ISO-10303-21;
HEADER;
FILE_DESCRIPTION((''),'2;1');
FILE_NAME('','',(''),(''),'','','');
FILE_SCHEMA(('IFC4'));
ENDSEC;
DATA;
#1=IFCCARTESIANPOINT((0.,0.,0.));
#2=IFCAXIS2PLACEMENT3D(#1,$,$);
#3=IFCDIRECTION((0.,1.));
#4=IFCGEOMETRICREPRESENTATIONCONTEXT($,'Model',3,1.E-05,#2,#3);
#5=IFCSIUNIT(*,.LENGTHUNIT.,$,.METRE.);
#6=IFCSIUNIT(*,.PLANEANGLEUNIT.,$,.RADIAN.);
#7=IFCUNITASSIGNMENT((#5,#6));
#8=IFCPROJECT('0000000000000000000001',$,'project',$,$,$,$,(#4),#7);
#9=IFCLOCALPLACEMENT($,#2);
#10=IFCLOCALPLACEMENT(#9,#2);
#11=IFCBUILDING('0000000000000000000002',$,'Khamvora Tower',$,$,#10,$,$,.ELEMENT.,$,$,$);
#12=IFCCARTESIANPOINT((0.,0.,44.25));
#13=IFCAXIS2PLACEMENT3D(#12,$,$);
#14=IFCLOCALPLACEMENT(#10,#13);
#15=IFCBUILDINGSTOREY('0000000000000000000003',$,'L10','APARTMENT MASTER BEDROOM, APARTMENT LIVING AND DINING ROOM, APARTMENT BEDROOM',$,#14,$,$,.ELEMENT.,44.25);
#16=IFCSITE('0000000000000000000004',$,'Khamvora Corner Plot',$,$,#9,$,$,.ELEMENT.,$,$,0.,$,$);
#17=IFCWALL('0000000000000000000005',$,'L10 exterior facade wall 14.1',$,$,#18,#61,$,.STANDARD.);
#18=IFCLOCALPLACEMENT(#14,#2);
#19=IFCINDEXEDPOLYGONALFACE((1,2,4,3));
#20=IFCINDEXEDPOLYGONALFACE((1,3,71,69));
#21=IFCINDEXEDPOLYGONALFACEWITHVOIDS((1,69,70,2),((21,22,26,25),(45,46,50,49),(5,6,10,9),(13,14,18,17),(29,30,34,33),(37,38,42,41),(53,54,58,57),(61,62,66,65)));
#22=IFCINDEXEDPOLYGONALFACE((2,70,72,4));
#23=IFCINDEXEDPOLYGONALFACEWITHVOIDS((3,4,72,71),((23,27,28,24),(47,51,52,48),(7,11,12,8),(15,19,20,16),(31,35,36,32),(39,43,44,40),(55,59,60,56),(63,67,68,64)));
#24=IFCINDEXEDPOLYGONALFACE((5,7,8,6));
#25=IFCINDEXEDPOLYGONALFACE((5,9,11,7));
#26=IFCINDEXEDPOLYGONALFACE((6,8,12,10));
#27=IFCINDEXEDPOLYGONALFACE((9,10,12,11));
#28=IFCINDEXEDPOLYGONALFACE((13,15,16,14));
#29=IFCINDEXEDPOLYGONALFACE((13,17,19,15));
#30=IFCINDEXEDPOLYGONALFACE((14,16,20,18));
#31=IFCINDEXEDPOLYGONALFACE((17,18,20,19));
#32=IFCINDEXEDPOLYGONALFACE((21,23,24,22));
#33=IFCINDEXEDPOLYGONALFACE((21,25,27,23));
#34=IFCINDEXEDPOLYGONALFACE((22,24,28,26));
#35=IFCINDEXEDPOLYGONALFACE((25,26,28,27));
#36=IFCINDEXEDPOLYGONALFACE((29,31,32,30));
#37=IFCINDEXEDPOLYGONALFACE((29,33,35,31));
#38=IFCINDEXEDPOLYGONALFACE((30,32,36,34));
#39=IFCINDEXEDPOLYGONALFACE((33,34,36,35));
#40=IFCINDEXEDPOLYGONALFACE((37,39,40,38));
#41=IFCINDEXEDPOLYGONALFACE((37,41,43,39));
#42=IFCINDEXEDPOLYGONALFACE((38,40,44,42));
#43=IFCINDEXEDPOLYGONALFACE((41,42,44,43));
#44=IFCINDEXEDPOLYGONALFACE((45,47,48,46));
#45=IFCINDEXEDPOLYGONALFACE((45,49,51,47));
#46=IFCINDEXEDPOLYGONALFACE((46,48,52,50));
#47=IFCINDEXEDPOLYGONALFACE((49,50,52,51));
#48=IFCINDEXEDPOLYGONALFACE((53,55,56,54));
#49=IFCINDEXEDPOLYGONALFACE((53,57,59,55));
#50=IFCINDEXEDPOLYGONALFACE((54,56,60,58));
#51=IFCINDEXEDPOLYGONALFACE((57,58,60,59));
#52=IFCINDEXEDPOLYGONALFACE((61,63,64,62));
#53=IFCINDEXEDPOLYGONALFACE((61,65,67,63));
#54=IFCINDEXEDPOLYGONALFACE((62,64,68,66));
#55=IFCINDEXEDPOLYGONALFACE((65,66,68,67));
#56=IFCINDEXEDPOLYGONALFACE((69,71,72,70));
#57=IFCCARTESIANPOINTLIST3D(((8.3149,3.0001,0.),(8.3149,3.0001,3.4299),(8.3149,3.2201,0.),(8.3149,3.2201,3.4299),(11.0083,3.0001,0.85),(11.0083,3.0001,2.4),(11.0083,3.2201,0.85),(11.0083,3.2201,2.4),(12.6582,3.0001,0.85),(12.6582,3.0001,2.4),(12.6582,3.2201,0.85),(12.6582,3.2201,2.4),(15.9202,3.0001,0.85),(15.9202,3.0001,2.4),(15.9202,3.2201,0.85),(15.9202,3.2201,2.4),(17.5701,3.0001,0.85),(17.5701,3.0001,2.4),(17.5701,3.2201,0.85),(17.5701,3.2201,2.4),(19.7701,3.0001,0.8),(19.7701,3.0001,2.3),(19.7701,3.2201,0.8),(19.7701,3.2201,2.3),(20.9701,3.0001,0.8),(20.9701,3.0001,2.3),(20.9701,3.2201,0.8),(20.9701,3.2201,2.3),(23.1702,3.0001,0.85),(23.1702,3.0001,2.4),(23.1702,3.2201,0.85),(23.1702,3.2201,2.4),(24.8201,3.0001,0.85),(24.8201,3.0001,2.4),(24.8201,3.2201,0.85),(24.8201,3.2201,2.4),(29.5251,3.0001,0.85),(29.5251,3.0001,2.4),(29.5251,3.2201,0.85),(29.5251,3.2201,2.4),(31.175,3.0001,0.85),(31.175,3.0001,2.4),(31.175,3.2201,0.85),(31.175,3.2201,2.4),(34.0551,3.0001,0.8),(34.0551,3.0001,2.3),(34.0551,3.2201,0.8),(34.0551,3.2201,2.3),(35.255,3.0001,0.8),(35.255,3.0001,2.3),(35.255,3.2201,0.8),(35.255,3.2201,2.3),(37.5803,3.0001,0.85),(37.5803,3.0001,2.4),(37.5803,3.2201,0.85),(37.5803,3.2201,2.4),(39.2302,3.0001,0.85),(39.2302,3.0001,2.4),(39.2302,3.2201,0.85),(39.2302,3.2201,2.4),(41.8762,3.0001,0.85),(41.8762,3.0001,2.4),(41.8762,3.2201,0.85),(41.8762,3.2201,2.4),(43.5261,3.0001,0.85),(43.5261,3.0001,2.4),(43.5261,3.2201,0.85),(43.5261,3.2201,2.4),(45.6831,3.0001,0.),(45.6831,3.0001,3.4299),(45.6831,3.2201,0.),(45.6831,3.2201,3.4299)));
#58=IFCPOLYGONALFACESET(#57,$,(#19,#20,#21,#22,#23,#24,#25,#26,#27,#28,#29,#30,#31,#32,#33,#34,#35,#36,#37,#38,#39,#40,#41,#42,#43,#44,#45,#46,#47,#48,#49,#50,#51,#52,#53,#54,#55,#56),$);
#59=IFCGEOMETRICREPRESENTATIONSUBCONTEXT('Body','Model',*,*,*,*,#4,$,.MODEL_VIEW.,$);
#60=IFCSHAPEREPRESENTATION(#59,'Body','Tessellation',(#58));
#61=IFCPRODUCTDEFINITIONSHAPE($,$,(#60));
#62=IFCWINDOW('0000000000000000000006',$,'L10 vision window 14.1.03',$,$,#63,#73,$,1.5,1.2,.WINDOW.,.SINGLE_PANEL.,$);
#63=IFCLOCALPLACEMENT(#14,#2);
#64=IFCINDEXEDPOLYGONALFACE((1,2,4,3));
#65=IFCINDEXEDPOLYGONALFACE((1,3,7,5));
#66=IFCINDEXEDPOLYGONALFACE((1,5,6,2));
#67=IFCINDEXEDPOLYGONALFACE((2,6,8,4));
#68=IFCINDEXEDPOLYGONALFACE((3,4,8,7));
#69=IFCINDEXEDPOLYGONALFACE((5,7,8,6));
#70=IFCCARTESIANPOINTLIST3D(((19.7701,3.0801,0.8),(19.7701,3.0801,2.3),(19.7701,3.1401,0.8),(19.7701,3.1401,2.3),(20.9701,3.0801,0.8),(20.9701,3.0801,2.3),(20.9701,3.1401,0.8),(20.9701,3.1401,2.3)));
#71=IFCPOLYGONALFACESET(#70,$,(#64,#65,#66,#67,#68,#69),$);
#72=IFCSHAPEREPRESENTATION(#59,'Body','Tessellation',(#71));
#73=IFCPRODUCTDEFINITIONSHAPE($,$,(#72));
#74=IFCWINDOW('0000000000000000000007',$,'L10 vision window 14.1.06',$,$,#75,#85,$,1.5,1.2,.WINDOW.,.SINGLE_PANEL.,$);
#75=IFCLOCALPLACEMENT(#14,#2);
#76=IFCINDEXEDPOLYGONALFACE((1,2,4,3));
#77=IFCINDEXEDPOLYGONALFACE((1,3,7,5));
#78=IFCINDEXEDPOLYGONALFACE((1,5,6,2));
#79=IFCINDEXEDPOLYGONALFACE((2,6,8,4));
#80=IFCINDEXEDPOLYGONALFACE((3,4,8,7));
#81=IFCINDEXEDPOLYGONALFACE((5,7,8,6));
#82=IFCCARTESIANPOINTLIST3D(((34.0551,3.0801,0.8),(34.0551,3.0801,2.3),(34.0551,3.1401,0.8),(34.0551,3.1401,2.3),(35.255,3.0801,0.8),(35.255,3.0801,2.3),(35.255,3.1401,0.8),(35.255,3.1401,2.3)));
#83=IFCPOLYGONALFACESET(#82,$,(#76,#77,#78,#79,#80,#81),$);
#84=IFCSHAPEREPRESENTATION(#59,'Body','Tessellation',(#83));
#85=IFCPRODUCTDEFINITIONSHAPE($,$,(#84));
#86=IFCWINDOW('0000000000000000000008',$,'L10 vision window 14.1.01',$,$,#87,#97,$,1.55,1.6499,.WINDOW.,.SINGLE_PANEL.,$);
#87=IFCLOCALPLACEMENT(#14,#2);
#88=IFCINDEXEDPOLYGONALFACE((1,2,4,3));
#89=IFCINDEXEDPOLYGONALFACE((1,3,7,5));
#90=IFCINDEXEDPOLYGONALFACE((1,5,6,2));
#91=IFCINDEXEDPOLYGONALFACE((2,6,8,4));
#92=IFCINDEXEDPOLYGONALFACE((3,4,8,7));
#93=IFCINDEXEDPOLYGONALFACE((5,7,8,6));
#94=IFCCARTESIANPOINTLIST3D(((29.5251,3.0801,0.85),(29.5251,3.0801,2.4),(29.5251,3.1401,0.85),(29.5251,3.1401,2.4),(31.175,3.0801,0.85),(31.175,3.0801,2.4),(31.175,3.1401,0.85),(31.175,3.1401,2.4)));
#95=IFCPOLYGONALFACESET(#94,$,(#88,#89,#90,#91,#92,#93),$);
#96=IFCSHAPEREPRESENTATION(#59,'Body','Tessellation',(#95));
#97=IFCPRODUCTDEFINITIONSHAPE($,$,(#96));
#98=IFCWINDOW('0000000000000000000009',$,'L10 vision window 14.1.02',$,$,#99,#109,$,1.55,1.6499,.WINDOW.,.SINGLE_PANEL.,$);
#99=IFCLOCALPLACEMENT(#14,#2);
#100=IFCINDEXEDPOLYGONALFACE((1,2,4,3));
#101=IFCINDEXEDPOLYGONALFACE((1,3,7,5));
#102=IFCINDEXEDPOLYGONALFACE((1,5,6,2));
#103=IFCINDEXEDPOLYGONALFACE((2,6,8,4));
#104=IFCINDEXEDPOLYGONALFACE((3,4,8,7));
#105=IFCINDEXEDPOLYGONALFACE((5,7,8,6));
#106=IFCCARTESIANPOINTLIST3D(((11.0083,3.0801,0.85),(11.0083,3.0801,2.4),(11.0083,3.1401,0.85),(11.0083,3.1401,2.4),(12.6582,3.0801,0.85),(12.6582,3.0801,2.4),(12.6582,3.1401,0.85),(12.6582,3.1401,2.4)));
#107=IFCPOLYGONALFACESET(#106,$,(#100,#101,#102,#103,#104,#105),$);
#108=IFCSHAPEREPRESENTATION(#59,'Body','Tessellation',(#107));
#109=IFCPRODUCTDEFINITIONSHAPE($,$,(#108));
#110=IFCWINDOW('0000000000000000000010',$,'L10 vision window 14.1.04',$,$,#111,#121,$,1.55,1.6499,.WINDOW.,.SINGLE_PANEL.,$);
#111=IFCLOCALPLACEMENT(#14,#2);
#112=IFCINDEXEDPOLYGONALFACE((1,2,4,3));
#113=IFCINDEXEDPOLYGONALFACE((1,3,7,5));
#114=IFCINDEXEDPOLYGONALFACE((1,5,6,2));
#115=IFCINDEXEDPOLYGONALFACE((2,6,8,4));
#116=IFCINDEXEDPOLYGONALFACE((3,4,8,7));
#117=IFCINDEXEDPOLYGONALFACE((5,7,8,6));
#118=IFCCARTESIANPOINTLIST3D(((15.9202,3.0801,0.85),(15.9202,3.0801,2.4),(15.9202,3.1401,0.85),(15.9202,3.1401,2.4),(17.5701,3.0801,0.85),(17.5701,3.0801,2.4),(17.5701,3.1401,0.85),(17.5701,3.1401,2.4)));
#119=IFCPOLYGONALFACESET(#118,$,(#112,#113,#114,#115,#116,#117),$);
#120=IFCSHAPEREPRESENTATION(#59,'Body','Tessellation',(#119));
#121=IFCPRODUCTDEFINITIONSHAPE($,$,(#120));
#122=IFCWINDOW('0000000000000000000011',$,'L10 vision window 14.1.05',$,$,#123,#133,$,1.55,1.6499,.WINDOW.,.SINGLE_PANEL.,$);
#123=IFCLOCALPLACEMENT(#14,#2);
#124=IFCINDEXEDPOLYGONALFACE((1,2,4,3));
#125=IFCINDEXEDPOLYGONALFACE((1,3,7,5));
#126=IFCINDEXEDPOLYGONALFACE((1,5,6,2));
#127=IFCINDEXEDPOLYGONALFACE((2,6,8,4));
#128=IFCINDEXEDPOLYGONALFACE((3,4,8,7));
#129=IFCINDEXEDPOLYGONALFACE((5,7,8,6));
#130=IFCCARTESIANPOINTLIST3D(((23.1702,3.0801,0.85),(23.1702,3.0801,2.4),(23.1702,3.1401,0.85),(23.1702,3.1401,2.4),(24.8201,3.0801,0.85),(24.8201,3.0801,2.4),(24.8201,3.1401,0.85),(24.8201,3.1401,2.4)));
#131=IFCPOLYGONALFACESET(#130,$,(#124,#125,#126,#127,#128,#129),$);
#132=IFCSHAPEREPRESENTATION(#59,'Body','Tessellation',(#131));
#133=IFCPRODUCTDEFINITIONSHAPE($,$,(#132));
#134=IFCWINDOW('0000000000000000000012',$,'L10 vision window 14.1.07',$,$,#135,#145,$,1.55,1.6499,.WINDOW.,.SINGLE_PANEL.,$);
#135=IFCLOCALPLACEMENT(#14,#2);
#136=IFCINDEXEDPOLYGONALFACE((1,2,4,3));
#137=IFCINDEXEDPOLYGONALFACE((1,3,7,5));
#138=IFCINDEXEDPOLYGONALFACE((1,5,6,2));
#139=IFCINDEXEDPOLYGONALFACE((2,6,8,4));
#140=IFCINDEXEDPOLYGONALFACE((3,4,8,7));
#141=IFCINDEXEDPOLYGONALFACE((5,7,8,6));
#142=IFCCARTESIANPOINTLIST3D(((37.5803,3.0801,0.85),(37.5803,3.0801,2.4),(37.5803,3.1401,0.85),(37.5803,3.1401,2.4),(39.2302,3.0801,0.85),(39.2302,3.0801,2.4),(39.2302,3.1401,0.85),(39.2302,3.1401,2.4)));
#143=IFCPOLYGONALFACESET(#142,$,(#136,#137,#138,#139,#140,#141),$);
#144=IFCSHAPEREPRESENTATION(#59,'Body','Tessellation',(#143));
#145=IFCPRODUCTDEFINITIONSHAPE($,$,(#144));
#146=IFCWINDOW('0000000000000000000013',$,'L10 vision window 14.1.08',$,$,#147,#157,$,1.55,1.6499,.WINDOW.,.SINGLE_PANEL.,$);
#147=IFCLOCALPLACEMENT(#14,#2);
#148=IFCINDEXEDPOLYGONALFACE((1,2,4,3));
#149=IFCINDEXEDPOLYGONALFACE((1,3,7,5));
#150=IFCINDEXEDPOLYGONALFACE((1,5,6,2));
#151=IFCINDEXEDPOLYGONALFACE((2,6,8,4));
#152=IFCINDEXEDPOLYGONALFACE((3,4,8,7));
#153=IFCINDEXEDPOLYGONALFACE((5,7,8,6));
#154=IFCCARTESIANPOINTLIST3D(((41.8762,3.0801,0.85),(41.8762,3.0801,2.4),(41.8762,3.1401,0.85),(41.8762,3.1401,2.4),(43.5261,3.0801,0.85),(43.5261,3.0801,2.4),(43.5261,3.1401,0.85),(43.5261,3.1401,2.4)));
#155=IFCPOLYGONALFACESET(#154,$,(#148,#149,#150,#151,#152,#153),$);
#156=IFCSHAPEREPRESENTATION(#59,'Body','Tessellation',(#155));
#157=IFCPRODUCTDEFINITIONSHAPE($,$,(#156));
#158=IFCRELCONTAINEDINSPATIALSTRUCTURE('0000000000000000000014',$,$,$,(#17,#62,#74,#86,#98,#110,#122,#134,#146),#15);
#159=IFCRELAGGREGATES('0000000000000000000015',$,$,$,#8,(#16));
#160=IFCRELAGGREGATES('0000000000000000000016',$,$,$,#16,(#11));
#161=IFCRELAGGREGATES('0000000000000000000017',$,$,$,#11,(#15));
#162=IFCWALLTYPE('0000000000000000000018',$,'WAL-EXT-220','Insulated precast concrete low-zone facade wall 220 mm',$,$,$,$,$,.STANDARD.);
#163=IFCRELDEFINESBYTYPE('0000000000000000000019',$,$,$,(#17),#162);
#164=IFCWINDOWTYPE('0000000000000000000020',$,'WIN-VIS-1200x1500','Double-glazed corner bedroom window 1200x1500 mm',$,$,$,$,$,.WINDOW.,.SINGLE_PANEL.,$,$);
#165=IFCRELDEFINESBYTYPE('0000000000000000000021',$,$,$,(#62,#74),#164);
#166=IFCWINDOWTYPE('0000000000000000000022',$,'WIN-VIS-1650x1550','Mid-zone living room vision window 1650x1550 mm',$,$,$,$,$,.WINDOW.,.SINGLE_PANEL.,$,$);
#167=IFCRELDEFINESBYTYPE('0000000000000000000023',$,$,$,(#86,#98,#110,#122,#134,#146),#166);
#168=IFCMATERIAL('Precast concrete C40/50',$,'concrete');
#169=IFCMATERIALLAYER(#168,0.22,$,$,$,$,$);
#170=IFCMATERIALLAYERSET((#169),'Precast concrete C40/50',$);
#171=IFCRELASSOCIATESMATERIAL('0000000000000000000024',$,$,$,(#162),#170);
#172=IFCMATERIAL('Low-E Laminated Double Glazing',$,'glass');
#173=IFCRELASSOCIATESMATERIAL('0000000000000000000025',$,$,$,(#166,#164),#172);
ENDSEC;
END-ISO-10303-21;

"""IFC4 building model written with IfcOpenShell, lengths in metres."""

from ifc_helpers import new_model, si_unit, direction, frame, frame_2d, origin, place, context, subcontext, project, spatial, rectangle, extrude, material, layer, layer_set, type_object, element, fill, save


model = new_model("IFC4")

# Units and contexts
model_context = context("Model", 3, precision=1e-05, world=origin(), true_north=direction((0.0, 1.0)))
body_context = subcontext(model_context, "Body", "Model", "MODEL_VIEW")
ifc_project = project(units=[si_unit("LENGTHUNIT", "METRE"), si_unit("PLANEANGLEUNIT", "RADIAN")], contexts=[model_context])

# Site, building, storey
site_placement = place(None, origin())
site = spatial("IfcSite", under=ifc_project, at=site_placement, Name="Khamvora Corner Plot", CompositionType="ELEMENT", RefElevation=0.0)
building_placement = place(site_placement, origin())
building = spatial("IfcBuilding", under=site, at=building_placement, Name="Khamvora Tower", CompositionType="ELEMENT")
storey_placement = place(building_placement, frame((0.0, 0.0, 44.25)))
storey = spatial("IfcBuildingStorey", under=building, at=storey_placement, Name="L10", Description="APARTMENT MASTER BEDROOM, APARTMENT LIVING AND DINING ROOM, APARTMENT BEDROOM", CompositionType="ELEMENT", Elevation=44.25)

# Shared definitions
ifc_material_1 = material(Name="Precast concrete C40/50", Category="concrete")
ifc_layer_1 = layer(ifc_material_1, 0.22)
ifc_layer_set_1 = layer_set([ifc_layer_1], Name="Precast concrete C40/50")
wall_type_1 = type_object("IfcWallType", Name="WAL-EXT-220", Description="Insulated precast concrete low-zone facade wall 220 mm", PredefinedType="STANDARD", material=ifc_layer_set_1)
ifc_material_2 = material(Name="Low-E Laminated Double Glazing", Category="glass")
window_type_1 = type_object("IfcWindowType", Name="WIN-VIS-1650x1550", Description="Mid-zone living room vision window 1650x1550 mm", PartitioningType="SINGLE_PANEL", PredefinedType="WINDOW", material=ifc_material_2)

# Wall, openings, windows
wall_1_placement = place(storey_placement, frame((45.6831, 3.1101, 0.0), z_axis=(0.0, 0.0, 1.0), x_axis=(-1.0, 0.0, 0.0)))
wall_1 = element("IfcWall", 1, at=wall_1_placement, inside=storey, type_object=wall_type_1, Name="L10 exterior facade wall 14.1", PredefinedType="STANDARD", context=body_context, shape_type="SweptSolid", body=[
    extrude(rectangle(XDim=37.3682, YDim=0.22, at=frame_2d((18.6841, 0.0))), origin(), (0.0, 0.0, 1.0), 3.4299),
])
opening_1_placement = place(wall_1_placement, frame((14.5081, 0.0, 0.8501)))
opening_1 = element("IfcOpeningElement", 2, at=opening_1_placement, cuts=wall_1, PredefinedType="OPENING", context=body_context, shape_type="SweptSolid", body=[
    extrude(rectangle(XDim=1.6499, YDim=1.55, at=frame_2d((0.825, 0.7749))), frame((0.0, 0.1199, 0.0), z_axis=(0.0, -1.0, 0.0), x_axis=(1.0, 0.0, 0.0)), (0.0, 0.0, 1.0), 0.24),
])
opening_2_placement = place(wall_1_placement, frame((33.0249, 0.0, 0.8501)))
opening_2 = element("IfcOpeningElement", 3, at=opening_2_placement, cuts=wall_1, PredefinedType="OPENING", context=body_context, shape_type="SweptSolid", body=[
    extrude(rectangle(XDim=1.6499, YDim=1.55, at=frame_2d((0.825, 0.7749))), frame((0.0, 0.1199, 0.0), z_axis=(0.0, -1.0, 0.0), x_axis=(1.0, 0.0, 0.0)), (0.0, 0.0, 1.0), 0.24),
])
opening_3_placement = place(wall_1_placement, frame((24.7129, 0.0, 0.8)))
opening_3 = element("IfcOpeningElement", 4, at=opening_3_placement, cuts=wall_1, PredefinedType="OPENING", context=body_context, shape_type="SweptSolid", body=[
    extrude(rectangle(XDim=1.2, YDim=1.5, at=frame_2d((0.6001, 0.75))), frame((0.0, 0.1199, 0.0), z_axis=(0.0, -1.0, 0.0), x_axis=(1.0, 0.0, 0.0)), (0.0, 0.0, 1.0), 0.24),
])
opening_4_placement = place(wall_1_placement, frame((28.113, 0.0, 0.8501)))
opening_4 = element("IfcOpeningElement", 5, at=opening_4_placement, cuts=wall_1, PredefinedType="OPENING", context=body_context, shape_type="SweptSolid", body=[
    extrude(rectangle(XDim=1.6499, YDim=1.55, at=frame_2d((0.825, 0.7749))), frame((0.0, 0.1199, 0.0), z_axis=(0.0, -1.0, 0.0), x_axis=(1.0, 0.0, 0.0)), (0.0, 0.0, 1.0), 0.24),
])
opening_5_placement = place(wall_1_placement, frame((20.863, 0.0, 0.8501)))
opening_5 = element("IfcOpeningElement", 6, at=opening_5_placement, cuts=wall_1, PredefinedType="OPENING", context=body_context, shape_type="SweptSolid", body=[
    extrude(rectangle(XDim=1.6499, YDim=1.55, at=frame_2d((0.825, 0.7749))), frame((0.0, 0.1199, 0.0), z_axis=(0.0, -1.0, 0.0), x_axis=(1.0, 0.0, 0.0)), (0.0, 0.0, 1.0), 0.24),
])
opening_6_placement = place(wall_1_placement, frame((10.428, 0.0, 0.8)))
opening_6 = element("IfcOpeningElement", 7, at=opening_6_placement, cuts=wall_1, PredefinedType="OPENING", context=body_context, shape_type="SweptSolid", body=[
    extrude(rectangle(XDim=1.2, YDim=1.5, at=frame_2d((0.6001, 0.75))), frame((0.0, 0.1199, 0.0), z_axis=(0.0, -1.0, 0.0), x_axis=(1.0, 0.0, 0.0)), (0.0, 0.0, 1.0), 0.24),
])
opening_7_placement = place(wall_1_placement, frame((6.4529, 0.0, 0.8501)))
opening_7 = element("IfcOpeningElement", 8, at=opening_7_placement, cuts=wall_1, PredefinedType="OPENING", context=body_context, shape_type="SweptSolid", body=[
    extrude(rectangle(XDim=1.6499, YDim=1.55, at=frame_2d((0.825, 0.7749))), frame((0.0, 0.1199, 0.0), z_axis=(0.0, -1.0, 0.0), x_axis=(1.0, 0.0, 0.0)), (0.0, 0.0, 1.0), 0.24),
])
opening_8_placement = place(wall_1_placement, frame((2.157, 0.0, 0.8501)))
opening_8 = element("IfcOpeningElement", 9, at=opening_8_placement, cuts=wall_1, PredefinedType="OPENING", context=body_context, shape_type="SweptSolid", body=[
    extrude(rectangle(XDim=1.6499, YDim=1.55, at=frame_2d((0.825, 0.7749))), frame((0.0, 0.1199, 0.0), z_axis=(0.0, -1.0, 0.0), x_axis=(1.0, 0.0, 0.0)), (0.0, 0.0, 1.0), 0.24),
])
window_type_2 = type_object("IfcWindowType", Name="WIN-VIS-1200x1500", Description="Double-glazed corner bedroom window 1200x1500 mm", PartitioningType="SINGLE_PANEL", PredefinedType="WINDOW", material=ifc_material_2)
window_1_placement = place(opening_3_placement, origin())
window_1 = element("IfcWindow", 10, at=window_1_placement, inside=storey, type_object=window_type_2, Name="L10 vision window 14.1.03", OverallHeight=1.5, OverallWidth=1.2, PartitioningType="SINGLE_PANEL", PredefinedType="WINDOW", context=body_context, shape_type="SweptSolid", body=[
    extrude(rectangle(XDim=1.2, YDim=1.5, at=frame_2d((0.6001, 0.75))), frame((0.0, 0.03, 0.0), z_axis=(0.0, -1.0, 0.0), x_axis=(1.0, 0.0, 0.0)), (0.0, 0.0, 1.0), 0.0601),
])
fill(opening_3, window_1)
window_2_placement = place(opening_6_placement, origin())
window_2 = element("IfcWindow", 11, at=window_2_placement, inside=storey, type_object=window_type_2, Name="L10 vision window 14.1.06", OverallHeight=1.5, OverallWidth=1.2, PartitioningType="SINGLE_PANEL", PredefinedType="WINDOW", context=body_context, shape_type="SweptSolid", body=[
    extrude(rectangle(XDim=1.2, YDim=1.5, at=frame_2d((0.6001, 0.75))), frame((0.0, 0.03, 0.0), z_axis=(0.0, -1.0, 0.0), x_axis=(1.0, 0.0, 0.0)), (0.0, 0.0, 1.0), 0.0601),
])
fill(opening_6, window_2)
window_3_placement = place(opening_1_placement, origin())
window_3 = element("IfcWindow", 12, at=window_3_placement, inside=storey, type_object=window_type_1, Name="L10 vision window 14.1.01", OverallHeight=1.55, OverallWidth=1.6499, PartitioningType="SINGLE_PANEL", PredefinedType="WINDOW", context=body_context, shape_type="SweptSolid", body=[
    extrude(rectangle(XDim=1.6499, YDim=1.55, at=frame_2d((0.825, 0.7749))), frame((0.0, 0.03, 0.0), z_axis=(0.0, -1.0, 0.0), x_axis=(1.0, 0.0, 0.0)), (0.0, 0.0, 1.0), 0.0601),
])
fill(opening_1, window_3)
window_4_placement = place(opening_2_placement, origin())
window_4 = element("IfcWindow", 13, at=window_4_placement, inside=storey, type_object=window_type_1, Name="L10 vision window 14.1.02", OverallHeight=1.55, OverallWidth=1.6499, PartitioningType="SINGLE_PANEL", PredefinedType="WINDOW", context=body_context, shape_type="SweptSolid", body=[
    extrude(rectangle(XDim=1.6499, YDim=1.55, at=frame_2d((0.825, 0.7749))), frame((0.0, 0.03, 0.0), z_axis=(0.0, -1.0, 0.0), x_axis=(1.0, 0.0, 0.0)), (0.0, 0.0, 1.0), 0.0601),
])
fill(opening_2, window_4)
window_5_placement = place(opening_4_placement, origin())
window_5 = element("IfcWindow", 14, at=window_5_placement, inside=storey, type_object=window_type_1, Name="L10 vision window 14.1.04", OverallHeight=1.55, OverallWidth=1.6499, PartitioningType="SINGLE_PANEL", PredefinedType="WINDOW", context=body_context, shape_type="SweptSolid", body=[
    extrude(rectangle(XDim=1.6499, YDim=1.55, at=frame_2d((0.825, 0.7749))), frame((0.0, 0.03, 0.0), z_axis=(0.0, -1.0, 0.0), x_axis=(1.0, 0.0, 0.0)), (0.0, 0.0, 1.0), 0.0601),
])
fill(opening_4, window_5)
window_6_placement = place(opening_5_placement, origin())
window_6 = element("IfcWindow", 15, at=window_6_placement, inside=storey, type_object=window_type_1, Name="L10 vision window 14.1.05", OverallHeight=1.55, OverallWidth=1.6499, PartitioningType="SINGLE_PANEL", PredefinedType="WINDOW", context=body_context, shape_type="SweptSolid", body=[
    extrude(rectangle(XDim=1.6499, YDim=1.55, at=frame_2d((0.825, 0.7749))), frame((0.0, 0.03, 0.0), z_axis=(0.0, -1.0, 0.0), x_axis=(1.0, 0.0, 0.0)), (0.0, 0.0, 1.0), 0.0601),
])
fill(opening_5, window_6)
window_7_placement = place(opening_7_placement, origin())
window_7 = element("IfcWindow", 16, at=window_7_placement, inside=storey, type_object=window_type_1, Name="L10 vision window 14.1.07", OverallHeight=1.55, OverallWidth=1.6499, PartitioningType="SINGLE_PANEL", PredefinedType="WINDOW", context=body_context, shape_type="SweptSolid", body=[
    extrude(rectangle(XDim=1.6499, YDim=1.55, at=frame_2d((0.825, 0.7749))), frame((0.0, 0.03, 0.0), z_axis=(0.0, -1.0, 0.0), x_axis=(1.0, 0.0, 0.0)), (0.0, 0.0, 1.0), 0.0601),
])
fill(opening_7, window_7)
window_8_placement = place(opening_8_placement, origin())
window_8 = element("IfcWindow", 17, at=window_8_placement, inside=storey, type_object=window_type_1, Name="L10 vision window 14.1.08", OverallHeight=1.55, OverallWidth=1.6499, PartitioningType="SINGLE_PANEL", PredefinedType="WINDOW", context=body_context, shape_type="SweptSolid", body=[
    extrude(rectangle(XDim=1.6499, YDim=1.55, at=frame_2d((0.825, 0.7749))), frame((0.0, 0.03, 0.0), z_axis=(0.0, -1.0, 0.0), x_axis=(1.0, 0.0, 0.0)), (0.0, 0.0, 1.0), 0.0601),
])
fill(opening_8, window_8)

save(model, "model.ifc")
